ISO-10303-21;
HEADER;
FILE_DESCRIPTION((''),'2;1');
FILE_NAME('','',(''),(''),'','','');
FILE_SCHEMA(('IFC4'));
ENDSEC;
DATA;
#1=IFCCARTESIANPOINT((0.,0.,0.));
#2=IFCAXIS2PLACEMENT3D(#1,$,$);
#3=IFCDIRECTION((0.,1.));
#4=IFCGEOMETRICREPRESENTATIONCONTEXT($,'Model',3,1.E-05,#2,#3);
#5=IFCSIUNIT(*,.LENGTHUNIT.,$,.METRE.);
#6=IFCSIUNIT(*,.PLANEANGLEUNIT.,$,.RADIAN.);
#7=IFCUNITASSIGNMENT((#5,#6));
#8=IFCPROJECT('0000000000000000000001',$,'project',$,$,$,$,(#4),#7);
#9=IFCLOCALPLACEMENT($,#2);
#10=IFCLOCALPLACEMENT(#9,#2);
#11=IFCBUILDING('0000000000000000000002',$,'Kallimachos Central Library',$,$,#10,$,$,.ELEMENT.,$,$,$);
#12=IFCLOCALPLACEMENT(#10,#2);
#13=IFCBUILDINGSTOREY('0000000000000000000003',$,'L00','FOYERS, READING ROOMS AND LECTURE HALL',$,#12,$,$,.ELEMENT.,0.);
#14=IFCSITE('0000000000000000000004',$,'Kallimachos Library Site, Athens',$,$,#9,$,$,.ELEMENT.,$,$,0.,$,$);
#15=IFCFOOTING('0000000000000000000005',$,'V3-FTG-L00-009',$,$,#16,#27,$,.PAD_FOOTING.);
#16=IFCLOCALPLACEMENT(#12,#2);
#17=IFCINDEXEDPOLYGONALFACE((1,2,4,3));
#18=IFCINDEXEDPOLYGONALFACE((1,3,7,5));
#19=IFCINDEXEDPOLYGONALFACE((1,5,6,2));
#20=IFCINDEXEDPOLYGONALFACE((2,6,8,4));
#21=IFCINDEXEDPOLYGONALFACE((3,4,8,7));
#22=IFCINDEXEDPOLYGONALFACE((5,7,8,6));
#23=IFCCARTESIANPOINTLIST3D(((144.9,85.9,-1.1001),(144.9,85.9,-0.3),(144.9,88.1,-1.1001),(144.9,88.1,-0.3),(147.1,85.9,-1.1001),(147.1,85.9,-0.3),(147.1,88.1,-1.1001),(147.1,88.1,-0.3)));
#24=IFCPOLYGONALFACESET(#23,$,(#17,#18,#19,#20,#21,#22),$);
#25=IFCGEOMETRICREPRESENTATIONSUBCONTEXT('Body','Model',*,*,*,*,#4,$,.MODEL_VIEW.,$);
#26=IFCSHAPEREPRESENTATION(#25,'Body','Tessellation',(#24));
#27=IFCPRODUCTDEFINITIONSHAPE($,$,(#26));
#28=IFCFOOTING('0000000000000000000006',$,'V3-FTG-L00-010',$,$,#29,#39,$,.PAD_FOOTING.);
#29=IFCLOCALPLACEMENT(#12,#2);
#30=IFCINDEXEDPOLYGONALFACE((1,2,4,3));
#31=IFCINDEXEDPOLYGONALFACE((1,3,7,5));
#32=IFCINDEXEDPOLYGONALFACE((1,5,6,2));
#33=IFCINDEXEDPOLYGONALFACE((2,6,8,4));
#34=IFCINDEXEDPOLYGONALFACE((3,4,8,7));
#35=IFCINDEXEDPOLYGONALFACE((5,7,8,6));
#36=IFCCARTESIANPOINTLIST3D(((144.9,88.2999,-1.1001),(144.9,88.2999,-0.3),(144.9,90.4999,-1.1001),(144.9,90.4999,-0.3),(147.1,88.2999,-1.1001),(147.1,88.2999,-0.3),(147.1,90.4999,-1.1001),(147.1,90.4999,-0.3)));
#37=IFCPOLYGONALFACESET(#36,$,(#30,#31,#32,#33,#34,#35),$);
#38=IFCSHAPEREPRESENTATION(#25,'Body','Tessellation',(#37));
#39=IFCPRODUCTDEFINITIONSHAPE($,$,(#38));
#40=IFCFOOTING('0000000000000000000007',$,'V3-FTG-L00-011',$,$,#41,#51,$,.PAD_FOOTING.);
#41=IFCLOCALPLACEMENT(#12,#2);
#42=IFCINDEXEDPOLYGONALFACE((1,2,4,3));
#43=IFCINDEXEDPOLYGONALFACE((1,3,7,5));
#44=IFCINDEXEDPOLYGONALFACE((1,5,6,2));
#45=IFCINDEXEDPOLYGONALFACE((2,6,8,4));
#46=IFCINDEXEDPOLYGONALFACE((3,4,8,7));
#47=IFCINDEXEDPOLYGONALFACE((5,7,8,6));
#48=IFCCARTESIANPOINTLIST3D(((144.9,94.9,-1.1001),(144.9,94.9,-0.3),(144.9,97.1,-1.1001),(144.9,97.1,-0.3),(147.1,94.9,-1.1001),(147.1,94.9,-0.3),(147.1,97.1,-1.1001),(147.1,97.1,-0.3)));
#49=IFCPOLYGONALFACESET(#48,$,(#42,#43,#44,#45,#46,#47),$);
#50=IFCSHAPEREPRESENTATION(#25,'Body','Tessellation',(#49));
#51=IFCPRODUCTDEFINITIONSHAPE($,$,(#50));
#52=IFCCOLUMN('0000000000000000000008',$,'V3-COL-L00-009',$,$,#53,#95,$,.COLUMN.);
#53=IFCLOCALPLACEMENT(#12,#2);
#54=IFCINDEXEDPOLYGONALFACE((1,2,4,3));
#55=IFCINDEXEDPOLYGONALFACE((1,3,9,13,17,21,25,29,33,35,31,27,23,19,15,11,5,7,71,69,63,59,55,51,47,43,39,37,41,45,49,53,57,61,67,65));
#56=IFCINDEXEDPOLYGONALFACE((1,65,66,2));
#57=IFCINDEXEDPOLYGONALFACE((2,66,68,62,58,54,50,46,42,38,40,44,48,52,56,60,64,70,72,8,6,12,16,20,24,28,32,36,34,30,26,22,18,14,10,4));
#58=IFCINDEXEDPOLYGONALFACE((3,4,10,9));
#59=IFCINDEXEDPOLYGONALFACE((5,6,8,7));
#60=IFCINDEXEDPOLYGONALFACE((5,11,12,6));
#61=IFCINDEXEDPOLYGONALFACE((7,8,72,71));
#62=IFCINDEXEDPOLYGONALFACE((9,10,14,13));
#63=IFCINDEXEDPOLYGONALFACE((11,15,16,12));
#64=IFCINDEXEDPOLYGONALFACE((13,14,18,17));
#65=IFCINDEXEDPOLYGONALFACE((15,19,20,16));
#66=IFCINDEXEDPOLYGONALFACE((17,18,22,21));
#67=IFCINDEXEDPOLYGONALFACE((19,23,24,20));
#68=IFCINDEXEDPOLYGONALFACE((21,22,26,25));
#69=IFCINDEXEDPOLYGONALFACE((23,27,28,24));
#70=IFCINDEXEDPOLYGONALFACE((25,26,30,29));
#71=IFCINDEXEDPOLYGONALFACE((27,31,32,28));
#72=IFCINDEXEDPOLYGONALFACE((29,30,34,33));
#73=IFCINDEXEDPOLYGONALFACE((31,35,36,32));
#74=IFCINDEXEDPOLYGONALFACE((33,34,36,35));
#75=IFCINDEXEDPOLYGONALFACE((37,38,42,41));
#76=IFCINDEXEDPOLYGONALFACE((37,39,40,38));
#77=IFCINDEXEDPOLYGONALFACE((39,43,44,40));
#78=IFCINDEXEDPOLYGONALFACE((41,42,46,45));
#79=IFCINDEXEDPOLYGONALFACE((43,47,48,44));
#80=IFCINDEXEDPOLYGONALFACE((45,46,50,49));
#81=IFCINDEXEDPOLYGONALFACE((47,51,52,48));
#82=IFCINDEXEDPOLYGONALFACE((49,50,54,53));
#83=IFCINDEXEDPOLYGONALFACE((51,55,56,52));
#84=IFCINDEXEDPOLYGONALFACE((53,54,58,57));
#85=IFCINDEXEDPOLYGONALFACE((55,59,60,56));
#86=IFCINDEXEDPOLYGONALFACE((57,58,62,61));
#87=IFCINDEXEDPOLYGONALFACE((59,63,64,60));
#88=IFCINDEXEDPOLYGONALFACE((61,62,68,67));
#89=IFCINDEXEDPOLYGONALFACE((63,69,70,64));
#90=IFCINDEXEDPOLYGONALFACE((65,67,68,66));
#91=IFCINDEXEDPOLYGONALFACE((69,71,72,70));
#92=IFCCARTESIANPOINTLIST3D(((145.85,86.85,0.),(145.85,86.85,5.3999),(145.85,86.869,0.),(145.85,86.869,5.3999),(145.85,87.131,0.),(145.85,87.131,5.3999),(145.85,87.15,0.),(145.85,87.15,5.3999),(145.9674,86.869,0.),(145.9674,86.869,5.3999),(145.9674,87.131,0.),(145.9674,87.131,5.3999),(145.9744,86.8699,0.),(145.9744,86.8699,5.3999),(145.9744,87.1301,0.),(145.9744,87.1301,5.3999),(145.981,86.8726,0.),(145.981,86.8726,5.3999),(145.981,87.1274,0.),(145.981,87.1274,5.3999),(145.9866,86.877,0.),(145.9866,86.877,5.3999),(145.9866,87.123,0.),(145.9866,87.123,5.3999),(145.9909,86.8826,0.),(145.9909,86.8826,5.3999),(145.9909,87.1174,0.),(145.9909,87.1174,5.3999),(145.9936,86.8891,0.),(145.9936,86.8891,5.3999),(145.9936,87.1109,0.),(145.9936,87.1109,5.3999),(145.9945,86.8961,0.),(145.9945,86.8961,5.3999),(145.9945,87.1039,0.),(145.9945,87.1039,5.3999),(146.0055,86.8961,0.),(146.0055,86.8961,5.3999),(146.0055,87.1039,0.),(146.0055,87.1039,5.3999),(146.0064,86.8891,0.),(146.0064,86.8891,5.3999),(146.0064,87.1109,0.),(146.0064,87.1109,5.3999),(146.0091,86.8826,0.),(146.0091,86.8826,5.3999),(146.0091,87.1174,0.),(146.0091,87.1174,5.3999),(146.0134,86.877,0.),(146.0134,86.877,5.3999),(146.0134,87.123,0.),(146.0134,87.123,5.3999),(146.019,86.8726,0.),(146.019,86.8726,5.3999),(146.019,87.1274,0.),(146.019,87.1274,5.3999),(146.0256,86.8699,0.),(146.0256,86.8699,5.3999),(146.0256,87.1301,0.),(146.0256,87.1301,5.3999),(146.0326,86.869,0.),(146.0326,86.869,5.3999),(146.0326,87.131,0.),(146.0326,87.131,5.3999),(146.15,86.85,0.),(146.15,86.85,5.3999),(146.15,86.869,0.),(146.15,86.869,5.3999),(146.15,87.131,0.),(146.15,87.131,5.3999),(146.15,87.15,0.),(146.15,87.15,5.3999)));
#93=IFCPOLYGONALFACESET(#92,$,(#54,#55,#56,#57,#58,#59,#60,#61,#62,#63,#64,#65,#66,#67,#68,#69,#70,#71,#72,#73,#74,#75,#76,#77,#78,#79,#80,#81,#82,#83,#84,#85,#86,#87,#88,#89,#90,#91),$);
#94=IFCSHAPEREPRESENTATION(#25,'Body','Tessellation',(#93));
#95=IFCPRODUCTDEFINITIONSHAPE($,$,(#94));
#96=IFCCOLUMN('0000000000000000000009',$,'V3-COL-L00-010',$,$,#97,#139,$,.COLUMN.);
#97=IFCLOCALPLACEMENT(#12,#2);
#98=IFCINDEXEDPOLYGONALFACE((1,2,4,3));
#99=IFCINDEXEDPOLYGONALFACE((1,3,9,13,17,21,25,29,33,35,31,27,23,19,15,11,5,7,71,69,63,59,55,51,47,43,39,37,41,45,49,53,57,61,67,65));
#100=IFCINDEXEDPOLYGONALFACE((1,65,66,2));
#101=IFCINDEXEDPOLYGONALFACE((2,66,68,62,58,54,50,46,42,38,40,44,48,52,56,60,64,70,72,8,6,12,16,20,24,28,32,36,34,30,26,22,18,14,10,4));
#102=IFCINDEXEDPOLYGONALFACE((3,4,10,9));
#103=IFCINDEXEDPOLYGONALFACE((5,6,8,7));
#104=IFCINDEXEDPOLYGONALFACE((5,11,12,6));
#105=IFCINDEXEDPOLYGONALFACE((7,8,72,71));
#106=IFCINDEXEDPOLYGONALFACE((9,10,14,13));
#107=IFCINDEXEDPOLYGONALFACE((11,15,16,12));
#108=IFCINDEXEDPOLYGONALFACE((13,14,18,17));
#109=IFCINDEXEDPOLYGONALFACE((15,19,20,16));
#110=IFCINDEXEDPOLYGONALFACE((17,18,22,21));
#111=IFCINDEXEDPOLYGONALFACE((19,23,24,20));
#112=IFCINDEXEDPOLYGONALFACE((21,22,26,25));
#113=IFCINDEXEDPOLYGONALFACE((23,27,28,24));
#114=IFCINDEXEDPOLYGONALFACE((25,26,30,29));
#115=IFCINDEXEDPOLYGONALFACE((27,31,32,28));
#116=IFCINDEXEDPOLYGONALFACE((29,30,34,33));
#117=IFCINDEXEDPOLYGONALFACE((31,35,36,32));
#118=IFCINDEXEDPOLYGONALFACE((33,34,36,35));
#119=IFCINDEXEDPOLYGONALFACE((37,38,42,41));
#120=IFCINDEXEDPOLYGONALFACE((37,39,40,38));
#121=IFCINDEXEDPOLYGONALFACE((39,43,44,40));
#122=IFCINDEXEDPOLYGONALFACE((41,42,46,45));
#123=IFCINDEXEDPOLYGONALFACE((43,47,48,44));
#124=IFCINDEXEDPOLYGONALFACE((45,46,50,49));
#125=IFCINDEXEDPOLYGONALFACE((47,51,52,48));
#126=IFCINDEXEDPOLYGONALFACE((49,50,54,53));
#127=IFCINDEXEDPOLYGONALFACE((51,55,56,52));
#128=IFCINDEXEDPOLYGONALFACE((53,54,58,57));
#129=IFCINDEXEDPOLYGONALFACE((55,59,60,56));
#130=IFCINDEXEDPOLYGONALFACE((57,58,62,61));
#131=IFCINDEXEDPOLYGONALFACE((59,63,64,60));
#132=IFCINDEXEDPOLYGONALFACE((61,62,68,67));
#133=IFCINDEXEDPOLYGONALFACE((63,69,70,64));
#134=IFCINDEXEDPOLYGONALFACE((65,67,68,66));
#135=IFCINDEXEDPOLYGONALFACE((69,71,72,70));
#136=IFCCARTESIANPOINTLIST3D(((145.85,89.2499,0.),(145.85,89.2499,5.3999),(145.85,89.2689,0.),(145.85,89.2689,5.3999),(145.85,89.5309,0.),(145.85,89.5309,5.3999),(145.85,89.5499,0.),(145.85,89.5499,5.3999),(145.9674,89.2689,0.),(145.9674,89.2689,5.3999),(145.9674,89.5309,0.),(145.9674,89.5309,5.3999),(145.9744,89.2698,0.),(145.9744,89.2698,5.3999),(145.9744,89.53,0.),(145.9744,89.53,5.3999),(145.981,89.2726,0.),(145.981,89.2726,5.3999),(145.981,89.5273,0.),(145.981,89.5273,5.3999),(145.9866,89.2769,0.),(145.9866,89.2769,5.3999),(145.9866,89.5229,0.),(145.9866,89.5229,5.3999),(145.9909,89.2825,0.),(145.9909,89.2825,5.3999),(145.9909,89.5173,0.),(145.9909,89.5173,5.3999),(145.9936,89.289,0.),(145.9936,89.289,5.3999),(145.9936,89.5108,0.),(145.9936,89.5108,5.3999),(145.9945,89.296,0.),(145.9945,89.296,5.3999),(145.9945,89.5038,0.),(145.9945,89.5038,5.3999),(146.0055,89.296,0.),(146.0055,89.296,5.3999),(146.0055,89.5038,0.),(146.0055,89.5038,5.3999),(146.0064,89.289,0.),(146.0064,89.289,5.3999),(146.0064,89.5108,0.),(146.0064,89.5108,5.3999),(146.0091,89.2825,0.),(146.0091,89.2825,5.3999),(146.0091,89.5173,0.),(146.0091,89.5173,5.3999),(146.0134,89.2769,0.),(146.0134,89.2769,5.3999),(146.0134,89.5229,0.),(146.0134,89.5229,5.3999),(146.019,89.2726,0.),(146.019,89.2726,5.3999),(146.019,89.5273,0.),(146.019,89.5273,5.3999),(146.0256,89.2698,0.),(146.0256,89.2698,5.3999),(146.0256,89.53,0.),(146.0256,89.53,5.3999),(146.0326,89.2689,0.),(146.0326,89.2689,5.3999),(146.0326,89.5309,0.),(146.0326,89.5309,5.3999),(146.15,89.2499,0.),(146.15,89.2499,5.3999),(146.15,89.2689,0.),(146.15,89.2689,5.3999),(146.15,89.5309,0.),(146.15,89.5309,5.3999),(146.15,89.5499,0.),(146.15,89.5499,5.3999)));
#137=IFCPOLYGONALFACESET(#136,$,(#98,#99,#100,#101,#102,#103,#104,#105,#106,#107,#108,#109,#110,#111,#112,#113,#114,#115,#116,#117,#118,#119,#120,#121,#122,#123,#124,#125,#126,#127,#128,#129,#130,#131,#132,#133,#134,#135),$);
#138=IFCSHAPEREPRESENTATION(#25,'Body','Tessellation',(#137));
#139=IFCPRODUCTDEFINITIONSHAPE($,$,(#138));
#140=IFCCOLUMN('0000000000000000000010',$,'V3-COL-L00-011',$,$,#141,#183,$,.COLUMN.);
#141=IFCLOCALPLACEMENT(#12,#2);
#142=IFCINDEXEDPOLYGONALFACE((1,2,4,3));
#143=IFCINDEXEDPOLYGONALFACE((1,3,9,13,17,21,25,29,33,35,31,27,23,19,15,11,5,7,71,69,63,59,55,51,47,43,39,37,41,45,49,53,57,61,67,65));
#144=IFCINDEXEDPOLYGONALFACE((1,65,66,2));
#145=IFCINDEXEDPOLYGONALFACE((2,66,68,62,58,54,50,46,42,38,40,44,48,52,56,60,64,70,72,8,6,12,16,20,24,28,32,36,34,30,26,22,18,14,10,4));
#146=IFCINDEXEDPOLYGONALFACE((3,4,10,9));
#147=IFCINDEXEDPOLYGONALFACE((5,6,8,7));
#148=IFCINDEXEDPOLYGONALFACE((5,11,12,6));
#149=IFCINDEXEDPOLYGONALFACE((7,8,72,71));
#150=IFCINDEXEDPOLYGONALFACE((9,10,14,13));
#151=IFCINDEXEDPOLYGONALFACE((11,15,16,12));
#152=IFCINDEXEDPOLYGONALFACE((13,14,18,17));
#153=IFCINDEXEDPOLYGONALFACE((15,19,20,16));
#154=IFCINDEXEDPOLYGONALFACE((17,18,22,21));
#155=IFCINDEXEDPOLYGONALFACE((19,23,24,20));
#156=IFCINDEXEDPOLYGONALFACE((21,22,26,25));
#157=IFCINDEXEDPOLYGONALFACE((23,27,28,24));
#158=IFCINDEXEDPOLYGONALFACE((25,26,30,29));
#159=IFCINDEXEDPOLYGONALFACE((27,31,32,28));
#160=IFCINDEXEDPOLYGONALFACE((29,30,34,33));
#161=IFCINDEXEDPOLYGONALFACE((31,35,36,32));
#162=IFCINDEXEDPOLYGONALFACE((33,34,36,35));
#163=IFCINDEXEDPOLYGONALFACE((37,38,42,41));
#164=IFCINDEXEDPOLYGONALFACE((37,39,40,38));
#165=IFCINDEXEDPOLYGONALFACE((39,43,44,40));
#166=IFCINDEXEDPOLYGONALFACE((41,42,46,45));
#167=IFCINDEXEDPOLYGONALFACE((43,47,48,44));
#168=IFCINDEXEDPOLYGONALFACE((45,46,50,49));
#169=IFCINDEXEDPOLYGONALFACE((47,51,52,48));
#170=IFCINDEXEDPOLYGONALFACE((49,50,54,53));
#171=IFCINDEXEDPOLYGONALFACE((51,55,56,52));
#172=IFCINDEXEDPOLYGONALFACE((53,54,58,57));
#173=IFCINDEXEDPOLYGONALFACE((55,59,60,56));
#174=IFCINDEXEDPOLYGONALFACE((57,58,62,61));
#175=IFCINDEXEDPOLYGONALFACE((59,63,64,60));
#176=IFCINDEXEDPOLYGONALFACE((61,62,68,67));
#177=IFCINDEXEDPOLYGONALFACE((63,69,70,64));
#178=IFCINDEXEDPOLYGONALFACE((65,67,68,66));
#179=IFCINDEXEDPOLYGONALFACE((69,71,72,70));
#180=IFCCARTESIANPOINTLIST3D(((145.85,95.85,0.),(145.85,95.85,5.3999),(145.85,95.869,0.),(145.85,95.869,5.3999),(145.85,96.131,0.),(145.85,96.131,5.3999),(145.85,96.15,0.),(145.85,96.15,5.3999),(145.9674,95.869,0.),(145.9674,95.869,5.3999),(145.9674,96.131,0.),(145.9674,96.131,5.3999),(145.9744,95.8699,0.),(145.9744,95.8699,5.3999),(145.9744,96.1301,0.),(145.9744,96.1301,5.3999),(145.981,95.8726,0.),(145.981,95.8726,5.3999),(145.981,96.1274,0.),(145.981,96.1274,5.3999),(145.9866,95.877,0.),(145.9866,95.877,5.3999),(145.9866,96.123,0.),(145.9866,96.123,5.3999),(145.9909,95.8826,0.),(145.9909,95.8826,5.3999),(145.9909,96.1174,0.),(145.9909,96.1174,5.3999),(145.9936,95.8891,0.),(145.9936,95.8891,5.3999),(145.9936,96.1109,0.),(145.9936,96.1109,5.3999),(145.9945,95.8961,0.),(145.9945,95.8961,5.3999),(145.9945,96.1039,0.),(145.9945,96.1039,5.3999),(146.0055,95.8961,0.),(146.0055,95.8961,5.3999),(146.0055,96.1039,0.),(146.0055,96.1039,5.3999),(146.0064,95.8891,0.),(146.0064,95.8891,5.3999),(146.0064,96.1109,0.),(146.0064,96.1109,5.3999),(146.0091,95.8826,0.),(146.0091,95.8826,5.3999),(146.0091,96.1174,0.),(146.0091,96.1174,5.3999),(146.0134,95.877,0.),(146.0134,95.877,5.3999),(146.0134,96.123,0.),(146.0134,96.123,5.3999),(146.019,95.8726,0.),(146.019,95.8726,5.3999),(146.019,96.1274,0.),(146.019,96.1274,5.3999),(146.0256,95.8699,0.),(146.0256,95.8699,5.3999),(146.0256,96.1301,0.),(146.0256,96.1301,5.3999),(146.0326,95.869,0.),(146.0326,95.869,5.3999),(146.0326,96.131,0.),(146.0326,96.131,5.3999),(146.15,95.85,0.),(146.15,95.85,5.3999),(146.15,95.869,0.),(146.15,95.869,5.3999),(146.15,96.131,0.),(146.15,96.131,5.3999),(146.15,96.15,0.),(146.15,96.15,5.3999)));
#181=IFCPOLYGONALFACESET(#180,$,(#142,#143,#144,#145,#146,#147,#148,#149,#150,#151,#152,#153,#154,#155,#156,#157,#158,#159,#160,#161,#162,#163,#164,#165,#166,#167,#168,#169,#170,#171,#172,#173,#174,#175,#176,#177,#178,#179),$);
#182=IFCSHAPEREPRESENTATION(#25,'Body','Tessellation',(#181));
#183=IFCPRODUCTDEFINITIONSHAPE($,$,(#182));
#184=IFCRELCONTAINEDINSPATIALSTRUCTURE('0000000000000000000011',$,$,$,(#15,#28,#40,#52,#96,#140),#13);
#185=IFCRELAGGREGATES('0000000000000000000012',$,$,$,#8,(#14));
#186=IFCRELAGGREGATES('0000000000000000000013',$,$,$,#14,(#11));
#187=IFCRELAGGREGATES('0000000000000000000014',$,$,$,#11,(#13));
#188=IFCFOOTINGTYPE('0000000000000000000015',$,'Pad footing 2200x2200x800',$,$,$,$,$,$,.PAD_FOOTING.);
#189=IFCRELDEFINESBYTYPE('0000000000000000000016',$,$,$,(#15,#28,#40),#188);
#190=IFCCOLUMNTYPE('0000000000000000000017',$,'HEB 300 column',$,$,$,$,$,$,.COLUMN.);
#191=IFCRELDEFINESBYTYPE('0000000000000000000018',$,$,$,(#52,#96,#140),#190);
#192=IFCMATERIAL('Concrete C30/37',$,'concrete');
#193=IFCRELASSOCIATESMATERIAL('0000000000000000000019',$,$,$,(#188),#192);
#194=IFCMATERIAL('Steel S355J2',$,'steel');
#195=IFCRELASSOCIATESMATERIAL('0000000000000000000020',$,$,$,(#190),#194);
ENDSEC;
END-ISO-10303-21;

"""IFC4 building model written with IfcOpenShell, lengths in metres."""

from ifc_helpers import new_model, si_unit, direction, frame, origin, origin_2d, place, context, subcontext, project, spatial, rectangle, i_section, extrude, material, material_profile, profile_set, type_object, element, save


model = new_model("IFC4")

# Units and contexts
model_context = context("Model", 3, precision=1e-05, world=origin(), true_north=direction((0.0, 1.0)))
body_context = subcontext(model_context, "Body", "Model", "MODEL_VIEW")
ifc_project = project(units=[si_unit("LENGTHUNIT", "METRE"), si_unit("PLANEANGLEUNIT", "RADIAN")], contexts=[model_context])

# Site, building, storey
site_placement = place(None, origin())
site = spatial("IfcSite", under=ifc_project, at=site_placement, Name="Kallimachos Library Site, Athens", CompositionType="ELEMENT", RefElevation=0.0)
building_placement = place(site_placement, origin())
building = spatial("IfcBuilding", under=site, at=building_placement, Name="Kallimachos Central Library", CompositionType="ELEMENT")
storey_placement = place(building_placement, origin())
storey = spatial("IfcBuildingStorey", under=building, at=storey_placement, Name="L00", Description="FOYERS, READING ROOMS AND LECTURE HALL", CompositionType="ELEMENT", Elevation=0.0)

# Footings
ifc_material_1 = material(Name="Concrete C30/37", Category="concrete")
footing_type = type_object("IfcFootingType", Name="Pad footing 2200x2200x800", PredefinedType="PAD_FOOTING", material=ifc_material_1)
for number, where, z_axis, x_axis, name in (
    (1, (146.0, 87.0, -1.1001), (0.0, 0.0, 1.0), (1.0, 0.0, 0.0), "V3-FTG-L00-009"),
    (2, (146.0, 89.3999, -1.1001), (0.0, 0.0, 1.0), (1.0, 0.0, 0.0), "V3-FTG-L00-010"),
    (3, (146.0, 96.0, -1.1001), (0.0, 0.0, 1.0), (1.0, 0.0, 0.0), "V3-FTG-L00-011"),
):
    element("IfcFooting", number, at=place(storey_placement, frame(where, z_axis=z_axis, x_axis=x_axis)), inside=storey, type_object=footing_type, Name=name, PredefinedType="PAD_FOOTING", context=body_context, shape_type="SweptSolid", body=[
        extrude(rectangle(XDim=2.2, YDim=2.2, at=origin_2d()), origin(), (0.0, 0.0, 1.0), 0.8),
    ])

# Columns
ifc_material_2 = material(Name="Steel S355J2", Category="steel")
ifc_material_profile_1 = material_profile(ifc_material_2, i_section(OverallWidth=0.3, OverallDepth=0.3, WebThickness=0.011, FlangeThickness=0.019, FilletRadius=0.0271, at=origin_2d()), Name="HEB 300")
ifc_profile_set_1 = profile_set([ifc_material_profile_1], Name="Steel S355J2")
column_type = type_object("IfcColumnType", Name="HEB 300 column", PredefinedType="COLUMN", material=ifc_profile_set_1)
for number, where, z_axis, x_axis, name in (
    (4, (146.0, 87.0, 0.0), (0.0, 0.0, 1.0), (1.0, 0.0, 0.0), "V3-COL-L00-009"),
    (5, (146.0, 89.3999, 0.0), (0.0, 0.0, 1.0), (1.0, 0.0, 0.0), "V3-COL-L00-010"),
    (6, (146.0, 96.0, 0.0), (0.0, 0.0, 1.0), (1.0, 0.0, 0.0), "V3-COL-L00-011"),
):
    element("IfcColumn", number, at=place(storey_placement, frame(where, z_axis=z_axis, x_axis=x_axis)), inside=storey, type_object=column_type, Name=name, PredefinedType="COLUMN", context=body_context, shape_type="SweptSolid", body=[
        extrude(i_section(OverallWidth=0.3, OverallDepth=0.3, WebThickness=0.011, FlangeThickness=0.019, FilletRadius=0.0271, at=origin_2d()), origin(), (0.0, 0.0, 1.0), 5.3999),
    ])

save(model, "model.ifc")
